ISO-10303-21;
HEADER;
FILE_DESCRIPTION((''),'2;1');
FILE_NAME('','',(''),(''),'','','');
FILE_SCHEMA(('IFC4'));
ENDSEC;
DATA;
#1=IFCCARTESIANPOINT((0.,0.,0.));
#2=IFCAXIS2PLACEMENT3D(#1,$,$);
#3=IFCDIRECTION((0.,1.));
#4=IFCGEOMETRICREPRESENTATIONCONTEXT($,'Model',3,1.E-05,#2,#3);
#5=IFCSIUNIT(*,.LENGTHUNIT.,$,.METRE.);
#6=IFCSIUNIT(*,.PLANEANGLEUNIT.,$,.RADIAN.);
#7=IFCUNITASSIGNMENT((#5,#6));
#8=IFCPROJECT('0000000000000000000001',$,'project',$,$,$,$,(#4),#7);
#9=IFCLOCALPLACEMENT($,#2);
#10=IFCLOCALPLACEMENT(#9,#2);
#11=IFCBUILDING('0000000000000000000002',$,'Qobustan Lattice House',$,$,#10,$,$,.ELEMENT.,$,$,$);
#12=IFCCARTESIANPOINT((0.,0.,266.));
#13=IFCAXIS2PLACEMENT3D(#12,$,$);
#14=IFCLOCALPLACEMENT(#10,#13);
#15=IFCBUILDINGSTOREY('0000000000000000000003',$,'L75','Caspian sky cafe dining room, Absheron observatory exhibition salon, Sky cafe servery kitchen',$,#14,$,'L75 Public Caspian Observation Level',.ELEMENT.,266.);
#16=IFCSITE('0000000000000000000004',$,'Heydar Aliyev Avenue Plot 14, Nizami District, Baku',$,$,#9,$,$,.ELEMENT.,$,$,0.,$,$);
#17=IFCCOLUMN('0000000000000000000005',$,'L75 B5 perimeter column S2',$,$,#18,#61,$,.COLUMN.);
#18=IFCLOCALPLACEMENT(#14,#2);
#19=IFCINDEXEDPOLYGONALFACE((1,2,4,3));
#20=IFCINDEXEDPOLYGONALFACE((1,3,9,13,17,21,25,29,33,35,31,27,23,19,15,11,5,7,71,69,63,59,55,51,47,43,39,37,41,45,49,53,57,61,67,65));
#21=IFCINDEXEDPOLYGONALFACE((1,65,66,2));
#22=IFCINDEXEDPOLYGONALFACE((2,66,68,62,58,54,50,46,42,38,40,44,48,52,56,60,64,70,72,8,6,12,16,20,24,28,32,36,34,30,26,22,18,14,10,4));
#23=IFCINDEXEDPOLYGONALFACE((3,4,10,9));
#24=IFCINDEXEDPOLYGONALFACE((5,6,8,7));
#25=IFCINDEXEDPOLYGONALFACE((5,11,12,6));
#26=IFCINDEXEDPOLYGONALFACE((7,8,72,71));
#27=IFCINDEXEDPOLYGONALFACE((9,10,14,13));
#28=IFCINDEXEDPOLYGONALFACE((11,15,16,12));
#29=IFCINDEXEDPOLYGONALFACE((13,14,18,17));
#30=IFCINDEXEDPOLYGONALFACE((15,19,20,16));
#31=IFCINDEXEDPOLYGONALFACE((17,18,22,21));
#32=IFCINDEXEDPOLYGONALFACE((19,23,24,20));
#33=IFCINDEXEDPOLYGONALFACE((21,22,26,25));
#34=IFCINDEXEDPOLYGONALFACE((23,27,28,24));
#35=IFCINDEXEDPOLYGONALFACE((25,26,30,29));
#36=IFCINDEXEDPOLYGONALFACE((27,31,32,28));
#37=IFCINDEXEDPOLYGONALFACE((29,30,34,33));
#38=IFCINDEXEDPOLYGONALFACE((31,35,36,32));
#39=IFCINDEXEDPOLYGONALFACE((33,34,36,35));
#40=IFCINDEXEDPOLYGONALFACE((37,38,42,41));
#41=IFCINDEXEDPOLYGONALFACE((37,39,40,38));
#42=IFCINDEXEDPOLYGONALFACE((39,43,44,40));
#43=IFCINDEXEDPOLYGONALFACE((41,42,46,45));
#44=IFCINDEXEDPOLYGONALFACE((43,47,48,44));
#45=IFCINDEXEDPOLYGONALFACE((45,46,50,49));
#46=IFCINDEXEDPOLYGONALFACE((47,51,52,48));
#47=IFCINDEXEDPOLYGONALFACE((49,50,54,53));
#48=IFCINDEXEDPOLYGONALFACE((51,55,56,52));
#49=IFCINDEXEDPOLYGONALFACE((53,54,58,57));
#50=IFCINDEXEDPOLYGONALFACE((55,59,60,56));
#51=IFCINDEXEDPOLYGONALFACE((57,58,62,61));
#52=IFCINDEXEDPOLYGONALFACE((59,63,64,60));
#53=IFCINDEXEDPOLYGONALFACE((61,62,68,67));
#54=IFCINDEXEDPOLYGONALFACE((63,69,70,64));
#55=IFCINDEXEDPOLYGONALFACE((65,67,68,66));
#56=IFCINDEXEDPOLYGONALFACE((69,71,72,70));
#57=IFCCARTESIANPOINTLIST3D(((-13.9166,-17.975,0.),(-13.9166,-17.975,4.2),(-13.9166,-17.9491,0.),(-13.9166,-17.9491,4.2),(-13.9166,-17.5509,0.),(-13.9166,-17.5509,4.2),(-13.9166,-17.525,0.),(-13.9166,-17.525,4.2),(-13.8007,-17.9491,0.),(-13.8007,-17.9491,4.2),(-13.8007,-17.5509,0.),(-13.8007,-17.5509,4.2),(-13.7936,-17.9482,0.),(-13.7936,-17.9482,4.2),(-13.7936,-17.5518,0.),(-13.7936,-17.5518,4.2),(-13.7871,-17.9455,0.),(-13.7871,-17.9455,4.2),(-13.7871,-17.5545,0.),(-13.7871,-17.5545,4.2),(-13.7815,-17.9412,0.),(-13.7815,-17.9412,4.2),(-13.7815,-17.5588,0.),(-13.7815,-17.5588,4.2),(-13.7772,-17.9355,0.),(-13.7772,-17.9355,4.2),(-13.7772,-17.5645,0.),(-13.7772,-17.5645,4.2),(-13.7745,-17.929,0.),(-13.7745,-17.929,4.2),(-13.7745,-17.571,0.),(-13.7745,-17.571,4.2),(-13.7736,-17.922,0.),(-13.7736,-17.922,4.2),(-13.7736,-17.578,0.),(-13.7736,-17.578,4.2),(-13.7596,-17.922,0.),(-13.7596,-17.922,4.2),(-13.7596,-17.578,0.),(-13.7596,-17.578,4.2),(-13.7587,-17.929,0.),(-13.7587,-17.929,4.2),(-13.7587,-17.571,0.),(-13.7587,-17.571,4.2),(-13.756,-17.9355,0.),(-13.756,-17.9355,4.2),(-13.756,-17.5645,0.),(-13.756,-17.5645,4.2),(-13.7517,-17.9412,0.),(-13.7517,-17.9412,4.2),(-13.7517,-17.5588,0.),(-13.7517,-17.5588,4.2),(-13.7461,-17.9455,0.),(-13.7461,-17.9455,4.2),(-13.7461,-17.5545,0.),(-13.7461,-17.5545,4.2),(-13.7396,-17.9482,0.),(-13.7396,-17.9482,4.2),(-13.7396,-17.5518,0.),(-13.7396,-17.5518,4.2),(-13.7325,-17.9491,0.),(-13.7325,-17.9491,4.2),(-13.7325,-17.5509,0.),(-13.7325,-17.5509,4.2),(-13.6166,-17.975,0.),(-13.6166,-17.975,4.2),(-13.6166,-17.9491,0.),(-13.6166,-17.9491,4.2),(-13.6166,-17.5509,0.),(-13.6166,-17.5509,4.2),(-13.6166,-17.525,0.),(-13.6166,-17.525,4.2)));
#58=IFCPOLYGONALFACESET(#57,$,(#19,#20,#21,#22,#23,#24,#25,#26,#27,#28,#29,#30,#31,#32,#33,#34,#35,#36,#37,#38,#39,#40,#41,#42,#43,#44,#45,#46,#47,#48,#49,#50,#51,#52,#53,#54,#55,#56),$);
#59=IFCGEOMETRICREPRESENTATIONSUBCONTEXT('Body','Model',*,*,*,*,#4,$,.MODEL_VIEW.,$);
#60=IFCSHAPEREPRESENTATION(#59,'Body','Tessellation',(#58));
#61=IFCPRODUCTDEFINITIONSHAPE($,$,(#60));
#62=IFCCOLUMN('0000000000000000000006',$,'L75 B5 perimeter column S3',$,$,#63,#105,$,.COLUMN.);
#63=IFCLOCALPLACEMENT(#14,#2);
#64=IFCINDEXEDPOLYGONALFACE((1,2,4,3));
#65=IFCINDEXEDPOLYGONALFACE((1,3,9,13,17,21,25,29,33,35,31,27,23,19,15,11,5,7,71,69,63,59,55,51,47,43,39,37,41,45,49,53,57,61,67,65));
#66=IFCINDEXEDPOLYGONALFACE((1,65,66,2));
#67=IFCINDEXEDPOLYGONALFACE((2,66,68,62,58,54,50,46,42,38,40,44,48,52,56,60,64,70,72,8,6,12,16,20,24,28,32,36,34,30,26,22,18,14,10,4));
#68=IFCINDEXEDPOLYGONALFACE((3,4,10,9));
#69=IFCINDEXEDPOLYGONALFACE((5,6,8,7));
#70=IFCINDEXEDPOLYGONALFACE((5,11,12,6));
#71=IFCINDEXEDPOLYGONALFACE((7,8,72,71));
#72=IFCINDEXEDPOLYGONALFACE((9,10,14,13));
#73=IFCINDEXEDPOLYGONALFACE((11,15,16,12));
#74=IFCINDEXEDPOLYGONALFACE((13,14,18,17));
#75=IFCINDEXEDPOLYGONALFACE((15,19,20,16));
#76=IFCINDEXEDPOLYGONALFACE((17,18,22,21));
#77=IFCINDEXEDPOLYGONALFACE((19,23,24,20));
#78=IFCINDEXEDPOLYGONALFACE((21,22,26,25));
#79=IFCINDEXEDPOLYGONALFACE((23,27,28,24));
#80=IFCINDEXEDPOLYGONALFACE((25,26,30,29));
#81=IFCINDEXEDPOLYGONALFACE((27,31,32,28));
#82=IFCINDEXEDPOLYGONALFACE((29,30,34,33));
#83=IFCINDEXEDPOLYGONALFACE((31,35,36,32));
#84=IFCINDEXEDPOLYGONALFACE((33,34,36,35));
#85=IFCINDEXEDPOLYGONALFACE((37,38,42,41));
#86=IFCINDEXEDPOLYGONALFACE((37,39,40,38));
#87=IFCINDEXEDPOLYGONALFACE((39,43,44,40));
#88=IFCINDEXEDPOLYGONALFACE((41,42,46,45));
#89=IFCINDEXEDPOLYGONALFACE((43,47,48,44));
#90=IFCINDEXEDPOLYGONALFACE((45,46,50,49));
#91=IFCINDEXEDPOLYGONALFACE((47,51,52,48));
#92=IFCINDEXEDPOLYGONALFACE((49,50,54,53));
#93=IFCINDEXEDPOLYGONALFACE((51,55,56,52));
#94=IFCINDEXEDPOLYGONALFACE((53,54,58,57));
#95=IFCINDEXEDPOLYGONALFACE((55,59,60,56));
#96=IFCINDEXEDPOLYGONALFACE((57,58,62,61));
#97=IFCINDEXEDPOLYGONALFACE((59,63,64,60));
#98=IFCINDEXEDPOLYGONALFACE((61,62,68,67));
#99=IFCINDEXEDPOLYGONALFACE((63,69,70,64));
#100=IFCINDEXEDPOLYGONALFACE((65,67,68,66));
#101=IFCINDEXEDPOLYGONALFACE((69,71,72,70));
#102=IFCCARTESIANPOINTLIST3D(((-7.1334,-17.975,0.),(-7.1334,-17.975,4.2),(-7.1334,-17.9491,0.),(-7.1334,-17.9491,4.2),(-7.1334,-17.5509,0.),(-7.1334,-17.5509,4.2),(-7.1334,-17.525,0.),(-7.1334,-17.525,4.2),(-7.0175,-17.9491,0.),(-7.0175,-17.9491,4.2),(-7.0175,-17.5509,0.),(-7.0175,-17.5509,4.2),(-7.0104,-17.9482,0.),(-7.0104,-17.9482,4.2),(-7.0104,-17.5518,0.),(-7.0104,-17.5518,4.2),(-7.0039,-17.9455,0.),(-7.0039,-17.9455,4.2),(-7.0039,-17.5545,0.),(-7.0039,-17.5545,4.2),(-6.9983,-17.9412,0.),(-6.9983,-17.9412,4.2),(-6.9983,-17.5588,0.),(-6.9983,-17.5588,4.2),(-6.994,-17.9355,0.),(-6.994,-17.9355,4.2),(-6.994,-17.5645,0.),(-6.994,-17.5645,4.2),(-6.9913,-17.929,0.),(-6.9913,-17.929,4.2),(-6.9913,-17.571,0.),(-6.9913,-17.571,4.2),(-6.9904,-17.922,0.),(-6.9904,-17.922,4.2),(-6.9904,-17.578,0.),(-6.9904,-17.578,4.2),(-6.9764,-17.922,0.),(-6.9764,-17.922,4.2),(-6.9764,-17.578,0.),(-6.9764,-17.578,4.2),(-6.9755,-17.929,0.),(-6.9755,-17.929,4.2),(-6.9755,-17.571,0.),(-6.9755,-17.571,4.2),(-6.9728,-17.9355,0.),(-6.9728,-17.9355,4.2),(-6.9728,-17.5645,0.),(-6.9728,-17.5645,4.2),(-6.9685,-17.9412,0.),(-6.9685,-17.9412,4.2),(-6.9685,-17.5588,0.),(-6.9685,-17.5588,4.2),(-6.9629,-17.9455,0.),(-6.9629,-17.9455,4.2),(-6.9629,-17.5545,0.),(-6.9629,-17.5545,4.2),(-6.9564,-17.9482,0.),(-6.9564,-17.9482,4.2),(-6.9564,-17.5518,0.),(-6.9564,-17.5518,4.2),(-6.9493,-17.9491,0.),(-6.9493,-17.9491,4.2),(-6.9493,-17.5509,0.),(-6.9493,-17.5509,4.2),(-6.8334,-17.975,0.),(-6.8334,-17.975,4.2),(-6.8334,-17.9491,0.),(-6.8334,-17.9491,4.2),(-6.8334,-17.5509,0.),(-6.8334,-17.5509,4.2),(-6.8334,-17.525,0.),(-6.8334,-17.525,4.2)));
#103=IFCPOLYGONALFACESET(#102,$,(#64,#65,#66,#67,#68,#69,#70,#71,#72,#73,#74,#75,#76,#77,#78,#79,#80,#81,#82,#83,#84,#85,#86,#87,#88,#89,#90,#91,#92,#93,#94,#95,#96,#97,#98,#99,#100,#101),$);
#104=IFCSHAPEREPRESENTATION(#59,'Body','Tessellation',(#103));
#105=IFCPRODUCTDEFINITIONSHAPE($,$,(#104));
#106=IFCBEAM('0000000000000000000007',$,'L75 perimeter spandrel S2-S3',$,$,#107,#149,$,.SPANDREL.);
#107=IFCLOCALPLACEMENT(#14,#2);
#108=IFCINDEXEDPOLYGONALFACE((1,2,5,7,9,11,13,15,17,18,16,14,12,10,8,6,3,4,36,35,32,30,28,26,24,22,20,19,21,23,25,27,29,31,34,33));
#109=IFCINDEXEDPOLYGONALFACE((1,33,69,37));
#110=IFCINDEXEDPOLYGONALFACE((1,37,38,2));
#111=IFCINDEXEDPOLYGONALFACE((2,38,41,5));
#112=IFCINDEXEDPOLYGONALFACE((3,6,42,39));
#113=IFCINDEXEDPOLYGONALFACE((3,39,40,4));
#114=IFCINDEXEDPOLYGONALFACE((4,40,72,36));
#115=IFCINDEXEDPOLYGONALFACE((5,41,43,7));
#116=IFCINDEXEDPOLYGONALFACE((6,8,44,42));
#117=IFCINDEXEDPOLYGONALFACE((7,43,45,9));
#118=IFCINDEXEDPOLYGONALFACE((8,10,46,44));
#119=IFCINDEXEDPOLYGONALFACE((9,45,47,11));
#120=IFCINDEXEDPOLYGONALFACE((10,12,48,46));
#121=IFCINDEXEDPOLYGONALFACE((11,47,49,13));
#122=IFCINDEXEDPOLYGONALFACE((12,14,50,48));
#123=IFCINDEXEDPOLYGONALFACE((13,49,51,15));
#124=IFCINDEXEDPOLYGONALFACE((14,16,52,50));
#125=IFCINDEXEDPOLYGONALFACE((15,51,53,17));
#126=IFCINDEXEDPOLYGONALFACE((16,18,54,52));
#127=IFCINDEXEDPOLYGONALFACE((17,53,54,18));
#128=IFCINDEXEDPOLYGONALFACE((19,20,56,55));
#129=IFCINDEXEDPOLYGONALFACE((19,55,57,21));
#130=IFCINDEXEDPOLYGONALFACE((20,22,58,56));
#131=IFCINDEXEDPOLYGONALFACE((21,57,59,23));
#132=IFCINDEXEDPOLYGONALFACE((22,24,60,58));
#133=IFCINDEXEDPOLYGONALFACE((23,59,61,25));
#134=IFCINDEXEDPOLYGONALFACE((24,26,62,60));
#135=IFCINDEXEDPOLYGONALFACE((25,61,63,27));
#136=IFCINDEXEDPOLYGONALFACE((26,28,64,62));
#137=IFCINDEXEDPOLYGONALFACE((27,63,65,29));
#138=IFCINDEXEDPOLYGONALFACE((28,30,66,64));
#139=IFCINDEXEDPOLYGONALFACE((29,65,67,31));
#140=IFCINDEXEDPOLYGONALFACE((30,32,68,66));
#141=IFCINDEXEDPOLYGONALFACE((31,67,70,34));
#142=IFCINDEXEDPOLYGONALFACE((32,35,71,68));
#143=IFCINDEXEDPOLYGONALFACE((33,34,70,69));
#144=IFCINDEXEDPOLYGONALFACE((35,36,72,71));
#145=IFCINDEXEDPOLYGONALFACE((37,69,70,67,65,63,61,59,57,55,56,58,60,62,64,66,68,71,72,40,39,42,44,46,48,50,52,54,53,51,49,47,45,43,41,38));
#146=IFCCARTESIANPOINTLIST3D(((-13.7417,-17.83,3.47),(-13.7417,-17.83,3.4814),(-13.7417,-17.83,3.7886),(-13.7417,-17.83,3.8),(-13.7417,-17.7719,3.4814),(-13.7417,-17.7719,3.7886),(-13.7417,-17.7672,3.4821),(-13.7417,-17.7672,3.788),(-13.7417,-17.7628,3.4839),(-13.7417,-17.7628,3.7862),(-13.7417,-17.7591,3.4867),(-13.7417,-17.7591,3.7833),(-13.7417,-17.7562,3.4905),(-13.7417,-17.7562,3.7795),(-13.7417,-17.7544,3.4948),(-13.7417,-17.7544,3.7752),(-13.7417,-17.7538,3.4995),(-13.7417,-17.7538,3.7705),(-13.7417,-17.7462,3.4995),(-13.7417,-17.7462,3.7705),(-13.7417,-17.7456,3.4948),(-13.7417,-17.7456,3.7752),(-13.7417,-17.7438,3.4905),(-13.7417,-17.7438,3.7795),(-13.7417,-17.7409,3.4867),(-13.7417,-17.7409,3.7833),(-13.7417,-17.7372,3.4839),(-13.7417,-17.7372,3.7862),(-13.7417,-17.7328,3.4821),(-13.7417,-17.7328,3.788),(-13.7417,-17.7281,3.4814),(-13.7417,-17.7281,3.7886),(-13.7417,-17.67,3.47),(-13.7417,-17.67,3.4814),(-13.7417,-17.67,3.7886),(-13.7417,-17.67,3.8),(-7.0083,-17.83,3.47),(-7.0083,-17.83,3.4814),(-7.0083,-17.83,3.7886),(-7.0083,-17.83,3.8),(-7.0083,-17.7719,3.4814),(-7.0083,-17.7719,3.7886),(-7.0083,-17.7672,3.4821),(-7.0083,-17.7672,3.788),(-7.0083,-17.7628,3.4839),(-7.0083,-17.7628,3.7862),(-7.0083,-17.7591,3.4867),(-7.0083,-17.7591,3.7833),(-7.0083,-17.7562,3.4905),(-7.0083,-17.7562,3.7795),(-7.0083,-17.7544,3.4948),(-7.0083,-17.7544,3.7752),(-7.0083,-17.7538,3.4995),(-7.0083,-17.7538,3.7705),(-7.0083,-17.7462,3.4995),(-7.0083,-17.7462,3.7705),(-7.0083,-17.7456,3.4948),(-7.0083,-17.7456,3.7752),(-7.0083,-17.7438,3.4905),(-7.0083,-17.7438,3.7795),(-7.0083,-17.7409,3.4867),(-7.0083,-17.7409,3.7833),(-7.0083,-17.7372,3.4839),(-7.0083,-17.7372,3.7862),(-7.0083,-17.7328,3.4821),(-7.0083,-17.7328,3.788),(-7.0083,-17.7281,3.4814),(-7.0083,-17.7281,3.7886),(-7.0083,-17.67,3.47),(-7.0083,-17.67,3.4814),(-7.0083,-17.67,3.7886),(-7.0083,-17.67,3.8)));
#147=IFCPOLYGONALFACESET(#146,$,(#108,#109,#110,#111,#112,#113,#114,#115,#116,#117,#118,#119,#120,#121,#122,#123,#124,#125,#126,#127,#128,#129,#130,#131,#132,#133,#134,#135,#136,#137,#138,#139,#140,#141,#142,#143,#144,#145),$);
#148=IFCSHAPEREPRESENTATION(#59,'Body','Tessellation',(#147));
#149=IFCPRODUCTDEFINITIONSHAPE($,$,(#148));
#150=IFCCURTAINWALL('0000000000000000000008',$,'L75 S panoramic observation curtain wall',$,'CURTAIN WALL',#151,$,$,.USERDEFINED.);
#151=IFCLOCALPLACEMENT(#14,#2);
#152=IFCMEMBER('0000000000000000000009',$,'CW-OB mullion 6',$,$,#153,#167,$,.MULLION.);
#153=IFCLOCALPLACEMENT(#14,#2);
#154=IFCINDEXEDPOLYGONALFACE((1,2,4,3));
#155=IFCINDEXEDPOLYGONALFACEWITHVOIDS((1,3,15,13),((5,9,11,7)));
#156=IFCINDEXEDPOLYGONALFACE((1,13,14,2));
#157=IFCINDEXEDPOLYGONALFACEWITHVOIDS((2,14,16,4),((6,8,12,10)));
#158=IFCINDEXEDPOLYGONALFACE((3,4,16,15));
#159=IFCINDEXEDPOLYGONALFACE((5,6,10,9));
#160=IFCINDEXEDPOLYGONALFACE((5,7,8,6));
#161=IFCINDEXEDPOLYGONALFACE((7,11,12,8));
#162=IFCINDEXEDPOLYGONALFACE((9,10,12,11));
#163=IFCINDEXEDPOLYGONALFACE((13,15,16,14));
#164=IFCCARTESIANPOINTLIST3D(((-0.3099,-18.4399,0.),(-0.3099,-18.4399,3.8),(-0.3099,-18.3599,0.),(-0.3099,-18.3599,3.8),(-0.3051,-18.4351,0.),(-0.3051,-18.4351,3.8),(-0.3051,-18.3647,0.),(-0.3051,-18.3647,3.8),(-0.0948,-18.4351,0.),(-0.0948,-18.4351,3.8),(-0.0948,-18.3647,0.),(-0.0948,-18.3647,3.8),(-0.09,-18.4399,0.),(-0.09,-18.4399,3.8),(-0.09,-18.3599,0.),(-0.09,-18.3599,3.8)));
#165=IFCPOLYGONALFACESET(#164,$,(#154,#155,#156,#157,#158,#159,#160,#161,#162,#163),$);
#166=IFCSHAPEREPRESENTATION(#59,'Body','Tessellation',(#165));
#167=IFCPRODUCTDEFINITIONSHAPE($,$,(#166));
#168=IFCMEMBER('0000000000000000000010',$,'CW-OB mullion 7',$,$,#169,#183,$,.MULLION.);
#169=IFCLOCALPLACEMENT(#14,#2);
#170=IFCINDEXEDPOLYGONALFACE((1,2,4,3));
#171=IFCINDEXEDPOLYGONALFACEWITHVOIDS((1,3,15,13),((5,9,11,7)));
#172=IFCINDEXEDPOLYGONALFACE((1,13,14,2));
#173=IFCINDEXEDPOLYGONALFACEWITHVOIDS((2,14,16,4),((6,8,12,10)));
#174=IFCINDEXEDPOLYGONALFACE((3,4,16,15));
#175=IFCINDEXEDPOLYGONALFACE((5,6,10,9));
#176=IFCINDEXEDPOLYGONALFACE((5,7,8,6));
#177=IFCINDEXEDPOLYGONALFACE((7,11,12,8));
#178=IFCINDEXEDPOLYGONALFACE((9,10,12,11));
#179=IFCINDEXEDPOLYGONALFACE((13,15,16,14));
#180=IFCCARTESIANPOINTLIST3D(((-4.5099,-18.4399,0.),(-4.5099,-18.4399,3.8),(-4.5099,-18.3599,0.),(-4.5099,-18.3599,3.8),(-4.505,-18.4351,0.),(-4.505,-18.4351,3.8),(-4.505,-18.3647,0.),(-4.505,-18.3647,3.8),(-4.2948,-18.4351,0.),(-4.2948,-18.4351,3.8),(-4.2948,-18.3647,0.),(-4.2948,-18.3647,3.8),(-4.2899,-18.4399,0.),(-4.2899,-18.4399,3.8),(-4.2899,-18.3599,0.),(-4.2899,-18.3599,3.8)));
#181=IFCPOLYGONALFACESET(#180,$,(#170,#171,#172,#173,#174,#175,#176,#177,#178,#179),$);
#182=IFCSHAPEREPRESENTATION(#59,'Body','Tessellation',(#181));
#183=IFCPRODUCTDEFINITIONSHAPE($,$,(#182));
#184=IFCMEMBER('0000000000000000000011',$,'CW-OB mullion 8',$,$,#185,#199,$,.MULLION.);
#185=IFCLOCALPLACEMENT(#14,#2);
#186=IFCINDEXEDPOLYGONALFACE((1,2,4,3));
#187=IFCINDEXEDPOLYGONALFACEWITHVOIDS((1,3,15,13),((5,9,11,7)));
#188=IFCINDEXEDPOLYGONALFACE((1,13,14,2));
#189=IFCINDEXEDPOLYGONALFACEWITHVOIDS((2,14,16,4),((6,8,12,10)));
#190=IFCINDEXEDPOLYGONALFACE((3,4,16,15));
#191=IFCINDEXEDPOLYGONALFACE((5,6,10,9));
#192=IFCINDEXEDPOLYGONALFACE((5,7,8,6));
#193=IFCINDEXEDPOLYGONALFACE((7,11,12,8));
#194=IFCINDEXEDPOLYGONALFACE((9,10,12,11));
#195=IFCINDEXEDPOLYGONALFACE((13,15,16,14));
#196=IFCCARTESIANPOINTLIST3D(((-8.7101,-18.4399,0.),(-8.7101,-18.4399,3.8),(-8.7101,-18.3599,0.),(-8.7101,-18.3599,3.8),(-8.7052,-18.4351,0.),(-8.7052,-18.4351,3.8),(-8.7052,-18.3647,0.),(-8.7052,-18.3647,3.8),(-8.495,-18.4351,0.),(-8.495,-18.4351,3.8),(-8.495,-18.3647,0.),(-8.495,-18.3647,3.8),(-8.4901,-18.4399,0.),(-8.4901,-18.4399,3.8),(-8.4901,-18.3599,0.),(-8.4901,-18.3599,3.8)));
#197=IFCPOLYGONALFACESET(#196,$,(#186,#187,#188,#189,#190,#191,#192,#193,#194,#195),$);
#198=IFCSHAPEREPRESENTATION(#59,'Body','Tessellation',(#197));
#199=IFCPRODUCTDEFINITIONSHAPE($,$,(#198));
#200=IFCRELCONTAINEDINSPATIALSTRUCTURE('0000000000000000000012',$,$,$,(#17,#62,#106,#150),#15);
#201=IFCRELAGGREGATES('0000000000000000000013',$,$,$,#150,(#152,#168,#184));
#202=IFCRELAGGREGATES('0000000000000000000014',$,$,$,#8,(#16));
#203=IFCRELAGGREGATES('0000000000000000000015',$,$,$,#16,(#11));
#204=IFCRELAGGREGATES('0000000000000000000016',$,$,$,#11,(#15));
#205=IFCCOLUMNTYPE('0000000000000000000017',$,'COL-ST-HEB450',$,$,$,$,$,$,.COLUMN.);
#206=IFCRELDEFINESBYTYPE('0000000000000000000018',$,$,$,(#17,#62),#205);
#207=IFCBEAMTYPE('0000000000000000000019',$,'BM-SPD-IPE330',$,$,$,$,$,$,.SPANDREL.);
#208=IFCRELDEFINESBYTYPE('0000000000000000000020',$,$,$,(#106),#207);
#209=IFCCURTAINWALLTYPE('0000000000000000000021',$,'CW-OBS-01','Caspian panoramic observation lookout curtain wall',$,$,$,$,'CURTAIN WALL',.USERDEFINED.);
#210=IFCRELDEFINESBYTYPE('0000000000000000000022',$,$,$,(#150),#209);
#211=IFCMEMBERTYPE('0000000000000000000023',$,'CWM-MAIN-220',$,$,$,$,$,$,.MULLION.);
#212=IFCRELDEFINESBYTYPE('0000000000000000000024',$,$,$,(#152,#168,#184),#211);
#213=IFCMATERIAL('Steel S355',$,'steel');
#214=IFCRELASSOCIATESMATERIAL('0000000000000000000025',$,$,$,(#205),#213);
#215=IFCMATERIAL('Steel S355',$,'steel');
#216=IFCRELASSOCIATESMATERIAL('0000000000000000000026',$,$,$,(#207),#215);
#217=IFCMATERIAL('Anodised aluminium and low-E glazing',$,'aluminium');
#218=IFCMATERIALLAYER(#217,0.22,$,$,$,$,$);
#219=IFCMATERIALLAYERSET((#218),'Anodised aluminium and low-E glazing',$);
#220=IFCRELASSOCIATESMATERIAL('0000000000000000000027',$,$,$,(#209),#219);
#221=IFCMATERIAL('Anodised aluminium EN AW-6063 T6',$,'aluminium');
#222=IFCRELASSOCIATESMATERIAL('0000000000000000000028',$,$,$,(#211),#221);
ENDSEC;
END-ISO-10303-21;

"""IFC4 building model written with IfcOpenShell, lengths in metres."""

from ifc_helpers import new_model, si_unit, direction, frame, origin, origin_2d, place, context, subcontext, project, spatial, hollow_rectangle, i_section, extrude, material, layer, layer_set, material_profile, profile_set, type_object, element, aggregate, save


model = new_model("IFC4")

# Units and contexts
model_context = context("Model", 3, precision=1e-05, world=origin(), true_north=direction((0.0, 1.0)))
body_context = subcontext(model_context, "Body", "Model", "MODEL_VIEW")
ifc_project = project(units=[si_unit("LENGTHUNIT", "METRE"), si_unit("PLANEANGLEUNIT", "RADIAN")], contexts=[model_context])

# Site, building, storey
site_placement = place(None, origin())
site = spatial("IfcSite", under=ifc_project, at=site_placement, Name="Heydar Aliyev Avenue Plot 14, Nizami District, Baku", CompositionType="ELEMENT", RefElevation=0.0)
building_placement = place(site_placement, origin())
building = spatial("IfcBuilding", under=site, at=building_placement, Name="Qobustan Lattice House", CompositionType="ELEMENT")
storey_placement = place(building_placement, frame((0.0, 0.0, 266.0)))
storey = spatial("IfcBuildingStorey", under=building, at=storey_placement, Name="L75", Description="Caspian sky cafe dining room, Absheron observatory exhibition salon, Sky cafe servery kitchen", LongName="L75 Public Caspian Observation Level", CompositionType="ELEMENT", Elevation=266.0)

# Columns
ifc_material_1 = material(Name="Steel S355", Category="steel")
ifc_material_profile_1 = material_profile(ifc_material_1, i_section(OverallWidth=0.3, OverallDepth=0.45, WebThickness=0.0139, FlangeThickness=0.0259, FilletRadius=0.0271, at=origin_2d()), Name="HEB450")
ifc_profile_set_1 = profile_set([ifc_material_profile_1], Name="Steel S355")
column_type = type_object("IfcColumnType", Name="COL-ST-HEB450", PredefinedType="COLUMN", material=ifc_profile_set_1)
for number, where, z_axis, x_axis, name in (
    (1, (-13.7666, -17.75, 0.0), (0.0, 0.0, 1.0), (1.0, 0.0, 0.0), "L75 B5 perimeter column S2"),
    (2, (-6.9834, -17.75, 0.0), (0.0, 0.0, 1.0), (1.0, 0.0, 0.0), "L75 B5 perimeter column S3"),
):
    element("IfcColumn", number, at=place(storey_placement, frame(where, z_axis=z_axis, x_axis=x_axis)), inside=storey, type_object=column_type, Name=name, PredefinedType="COLUMN", context=body_context, shape_type="SweptSolid", body=[
        extrude(i_section(OverallWidth=0.3, OverallDepth=0.45, WebThickness=0.0139, FlangeThickness=0.0259, FilletRadius=0.0271, at=origin_2d()), origin(), (0.0, 0.0, 1.0), 4.2),
    ])

# Beam
ifc_material_2 = material(Name="Steel S355", Category="steel")
ifc_material_profile_2 = material_profile(ifc_material_2, i_section(OverallWidth=0.1599, OverallDepth=0.3301, WebThickness=0.0076, FlangeThickness=0.0115, FilletRadius=0.0181, at=origin_2d()), Name="IPE330")
ifc_profile_set_2 = profile_set([ifc_material_profile_2], Name="Steel S355")
beam_type = type_object("IfcBeamType", Name="BM-SPD-IPE330", PredefinedType="SPANDREL", material=ifc_profile_set_2)
beam_placement = place(storey_placement, frame((-13.7417, -17.75, 3.635), z_axis=(1.0, 0.0, 0.0), x_axis=(0.0, 1.0, 0.0)))
element("IfcBeam", 3, at=beam_placement, inside=storey, type_object=beam_type, Name="L75 perimeter spandrel S2-S3", PredefinedType="SPANDREL", context=body_context, shape_type="SweptSolid", body=[
    extrude(i_section(OverallWidth=0.1599, OverallDepth=0.3301, WebThickness=0.0076, FlangeThickness=0.0115, FilletRadius=0.0181, at=origin_2d()), origin(), (0.0, 0.0, 1.0), 6.7334),
])

# Curtain wall, members
ifc_material_3 = material(Name="Anodised aluminium and low-E glazing", Category="aluminium")
ifc_layer_1 = layer(ifc_material_3, 0.22)
ifc_layer_set_1 = layer_set([ifc_layer_1], Name="Anodised aluminium and low-E glazing")
curtain_wall_type = type_object("IfcCurtainWallType", Name="CW-OBS-01", Description="Caspian panoramic observation lookout curtain wall", ElementType="CURTAIN WALL", PredefinedType="USERDEFINED", material=ifc_layer_set_1)
curtain_wall_placement = place(storey_placement, origin())
curtain_wall = element("IfcCurtainWall", 4, at=curtain_wall_placement, inside=storey, type_object=curtain_wall_type, Name="L75 S panoramic observation curtain wall", ObjectType="CURTAIN WALL", PredefinedType="USERDEFINED")
ifc_material_4 = material(Name="Anodised aluminium EN AW-6063 T6", Category="aluminium")
ifc_material_profile_3 = material_profile(ifc_material_4, hollow_rectangle(XDim=0.0801, YDim=0.22, WallThickness=0.0049, at=origin_2d()), Name="CWM-220x80")
ifc_profile_set_3 = profile_set([ifc_material_profile_3], Name="Anodised aluminium EN AW-6063 T6")
member_type_1 = type_object("IfcMemberType", Name="CWM-MAIN-220", PredefinedType="MULLION", material=ifc_profile_set_3)
member_1_placement = place(storey_placement, frame((-0.2, -18.3999, 0.0), z_axis=(0.0, 0.0, 1.0), x_axis=(0.0, -1.0, 0.0)))
member_1 = element("IfcMember", 5, at=member_1_placement, type_object=member_type_1, Name="CW-OB mullion 6", PredefinedType="MULLION", context=body_context, shape_type="SweptSolid", body=[
    extrude(hollow_rectangle(XDim=0.0801, YDim=0.22, WallThickness=0.0049, at=origin_2d()), origin(), (0.0, 0.0, 1.0), 3.8),
])
member_2_placement = place(storey_placement, frame((-4.3999, -18.3999, 0.0), z_axis=(0.0, 0.0, 1.0), x_axis=(0.0, -1.0, 0.0)))
member_2 = element("IfcMember", 6, at=member_2_placement, type_object=member_type_1, Name="CW-OB mullion 7", PredefinedType="MULLION", context=body_context, shape_type="SweptSolid", body=[
    extrude(hollow_rectangle(XDim=0.0801, YDim=0.22, WallThickness=0.0049, at=origin_2d()), origin(), (0.0, 0.0, 1.0), 3.8),
])
member_3_placement = place(storey_placement, frame((-8.6001, -18.3999, 0.0), z_axis=(0.0, 0.0, 1.0), x_axis=(0.0, -1.0, 0.0)))
member_3 = element("IfcMember", 7, at=member_3_placement, type_object=member_type_1, Name="CW-OB mullion 8", PredefinedType="MULLION", context=body_context, shape_type="SweptSolid", body=[
    extrude(hollow_rectangle(XDim=0.0801, YDim=0.22, WallThickness=0.0049, at=origin_2d()), origin(), (0.0, 0.0, 1.0), 3.8),
])
aggregate(curtain_wall, [member_1, member_2, member_3])

save(model, "model.ifc")
